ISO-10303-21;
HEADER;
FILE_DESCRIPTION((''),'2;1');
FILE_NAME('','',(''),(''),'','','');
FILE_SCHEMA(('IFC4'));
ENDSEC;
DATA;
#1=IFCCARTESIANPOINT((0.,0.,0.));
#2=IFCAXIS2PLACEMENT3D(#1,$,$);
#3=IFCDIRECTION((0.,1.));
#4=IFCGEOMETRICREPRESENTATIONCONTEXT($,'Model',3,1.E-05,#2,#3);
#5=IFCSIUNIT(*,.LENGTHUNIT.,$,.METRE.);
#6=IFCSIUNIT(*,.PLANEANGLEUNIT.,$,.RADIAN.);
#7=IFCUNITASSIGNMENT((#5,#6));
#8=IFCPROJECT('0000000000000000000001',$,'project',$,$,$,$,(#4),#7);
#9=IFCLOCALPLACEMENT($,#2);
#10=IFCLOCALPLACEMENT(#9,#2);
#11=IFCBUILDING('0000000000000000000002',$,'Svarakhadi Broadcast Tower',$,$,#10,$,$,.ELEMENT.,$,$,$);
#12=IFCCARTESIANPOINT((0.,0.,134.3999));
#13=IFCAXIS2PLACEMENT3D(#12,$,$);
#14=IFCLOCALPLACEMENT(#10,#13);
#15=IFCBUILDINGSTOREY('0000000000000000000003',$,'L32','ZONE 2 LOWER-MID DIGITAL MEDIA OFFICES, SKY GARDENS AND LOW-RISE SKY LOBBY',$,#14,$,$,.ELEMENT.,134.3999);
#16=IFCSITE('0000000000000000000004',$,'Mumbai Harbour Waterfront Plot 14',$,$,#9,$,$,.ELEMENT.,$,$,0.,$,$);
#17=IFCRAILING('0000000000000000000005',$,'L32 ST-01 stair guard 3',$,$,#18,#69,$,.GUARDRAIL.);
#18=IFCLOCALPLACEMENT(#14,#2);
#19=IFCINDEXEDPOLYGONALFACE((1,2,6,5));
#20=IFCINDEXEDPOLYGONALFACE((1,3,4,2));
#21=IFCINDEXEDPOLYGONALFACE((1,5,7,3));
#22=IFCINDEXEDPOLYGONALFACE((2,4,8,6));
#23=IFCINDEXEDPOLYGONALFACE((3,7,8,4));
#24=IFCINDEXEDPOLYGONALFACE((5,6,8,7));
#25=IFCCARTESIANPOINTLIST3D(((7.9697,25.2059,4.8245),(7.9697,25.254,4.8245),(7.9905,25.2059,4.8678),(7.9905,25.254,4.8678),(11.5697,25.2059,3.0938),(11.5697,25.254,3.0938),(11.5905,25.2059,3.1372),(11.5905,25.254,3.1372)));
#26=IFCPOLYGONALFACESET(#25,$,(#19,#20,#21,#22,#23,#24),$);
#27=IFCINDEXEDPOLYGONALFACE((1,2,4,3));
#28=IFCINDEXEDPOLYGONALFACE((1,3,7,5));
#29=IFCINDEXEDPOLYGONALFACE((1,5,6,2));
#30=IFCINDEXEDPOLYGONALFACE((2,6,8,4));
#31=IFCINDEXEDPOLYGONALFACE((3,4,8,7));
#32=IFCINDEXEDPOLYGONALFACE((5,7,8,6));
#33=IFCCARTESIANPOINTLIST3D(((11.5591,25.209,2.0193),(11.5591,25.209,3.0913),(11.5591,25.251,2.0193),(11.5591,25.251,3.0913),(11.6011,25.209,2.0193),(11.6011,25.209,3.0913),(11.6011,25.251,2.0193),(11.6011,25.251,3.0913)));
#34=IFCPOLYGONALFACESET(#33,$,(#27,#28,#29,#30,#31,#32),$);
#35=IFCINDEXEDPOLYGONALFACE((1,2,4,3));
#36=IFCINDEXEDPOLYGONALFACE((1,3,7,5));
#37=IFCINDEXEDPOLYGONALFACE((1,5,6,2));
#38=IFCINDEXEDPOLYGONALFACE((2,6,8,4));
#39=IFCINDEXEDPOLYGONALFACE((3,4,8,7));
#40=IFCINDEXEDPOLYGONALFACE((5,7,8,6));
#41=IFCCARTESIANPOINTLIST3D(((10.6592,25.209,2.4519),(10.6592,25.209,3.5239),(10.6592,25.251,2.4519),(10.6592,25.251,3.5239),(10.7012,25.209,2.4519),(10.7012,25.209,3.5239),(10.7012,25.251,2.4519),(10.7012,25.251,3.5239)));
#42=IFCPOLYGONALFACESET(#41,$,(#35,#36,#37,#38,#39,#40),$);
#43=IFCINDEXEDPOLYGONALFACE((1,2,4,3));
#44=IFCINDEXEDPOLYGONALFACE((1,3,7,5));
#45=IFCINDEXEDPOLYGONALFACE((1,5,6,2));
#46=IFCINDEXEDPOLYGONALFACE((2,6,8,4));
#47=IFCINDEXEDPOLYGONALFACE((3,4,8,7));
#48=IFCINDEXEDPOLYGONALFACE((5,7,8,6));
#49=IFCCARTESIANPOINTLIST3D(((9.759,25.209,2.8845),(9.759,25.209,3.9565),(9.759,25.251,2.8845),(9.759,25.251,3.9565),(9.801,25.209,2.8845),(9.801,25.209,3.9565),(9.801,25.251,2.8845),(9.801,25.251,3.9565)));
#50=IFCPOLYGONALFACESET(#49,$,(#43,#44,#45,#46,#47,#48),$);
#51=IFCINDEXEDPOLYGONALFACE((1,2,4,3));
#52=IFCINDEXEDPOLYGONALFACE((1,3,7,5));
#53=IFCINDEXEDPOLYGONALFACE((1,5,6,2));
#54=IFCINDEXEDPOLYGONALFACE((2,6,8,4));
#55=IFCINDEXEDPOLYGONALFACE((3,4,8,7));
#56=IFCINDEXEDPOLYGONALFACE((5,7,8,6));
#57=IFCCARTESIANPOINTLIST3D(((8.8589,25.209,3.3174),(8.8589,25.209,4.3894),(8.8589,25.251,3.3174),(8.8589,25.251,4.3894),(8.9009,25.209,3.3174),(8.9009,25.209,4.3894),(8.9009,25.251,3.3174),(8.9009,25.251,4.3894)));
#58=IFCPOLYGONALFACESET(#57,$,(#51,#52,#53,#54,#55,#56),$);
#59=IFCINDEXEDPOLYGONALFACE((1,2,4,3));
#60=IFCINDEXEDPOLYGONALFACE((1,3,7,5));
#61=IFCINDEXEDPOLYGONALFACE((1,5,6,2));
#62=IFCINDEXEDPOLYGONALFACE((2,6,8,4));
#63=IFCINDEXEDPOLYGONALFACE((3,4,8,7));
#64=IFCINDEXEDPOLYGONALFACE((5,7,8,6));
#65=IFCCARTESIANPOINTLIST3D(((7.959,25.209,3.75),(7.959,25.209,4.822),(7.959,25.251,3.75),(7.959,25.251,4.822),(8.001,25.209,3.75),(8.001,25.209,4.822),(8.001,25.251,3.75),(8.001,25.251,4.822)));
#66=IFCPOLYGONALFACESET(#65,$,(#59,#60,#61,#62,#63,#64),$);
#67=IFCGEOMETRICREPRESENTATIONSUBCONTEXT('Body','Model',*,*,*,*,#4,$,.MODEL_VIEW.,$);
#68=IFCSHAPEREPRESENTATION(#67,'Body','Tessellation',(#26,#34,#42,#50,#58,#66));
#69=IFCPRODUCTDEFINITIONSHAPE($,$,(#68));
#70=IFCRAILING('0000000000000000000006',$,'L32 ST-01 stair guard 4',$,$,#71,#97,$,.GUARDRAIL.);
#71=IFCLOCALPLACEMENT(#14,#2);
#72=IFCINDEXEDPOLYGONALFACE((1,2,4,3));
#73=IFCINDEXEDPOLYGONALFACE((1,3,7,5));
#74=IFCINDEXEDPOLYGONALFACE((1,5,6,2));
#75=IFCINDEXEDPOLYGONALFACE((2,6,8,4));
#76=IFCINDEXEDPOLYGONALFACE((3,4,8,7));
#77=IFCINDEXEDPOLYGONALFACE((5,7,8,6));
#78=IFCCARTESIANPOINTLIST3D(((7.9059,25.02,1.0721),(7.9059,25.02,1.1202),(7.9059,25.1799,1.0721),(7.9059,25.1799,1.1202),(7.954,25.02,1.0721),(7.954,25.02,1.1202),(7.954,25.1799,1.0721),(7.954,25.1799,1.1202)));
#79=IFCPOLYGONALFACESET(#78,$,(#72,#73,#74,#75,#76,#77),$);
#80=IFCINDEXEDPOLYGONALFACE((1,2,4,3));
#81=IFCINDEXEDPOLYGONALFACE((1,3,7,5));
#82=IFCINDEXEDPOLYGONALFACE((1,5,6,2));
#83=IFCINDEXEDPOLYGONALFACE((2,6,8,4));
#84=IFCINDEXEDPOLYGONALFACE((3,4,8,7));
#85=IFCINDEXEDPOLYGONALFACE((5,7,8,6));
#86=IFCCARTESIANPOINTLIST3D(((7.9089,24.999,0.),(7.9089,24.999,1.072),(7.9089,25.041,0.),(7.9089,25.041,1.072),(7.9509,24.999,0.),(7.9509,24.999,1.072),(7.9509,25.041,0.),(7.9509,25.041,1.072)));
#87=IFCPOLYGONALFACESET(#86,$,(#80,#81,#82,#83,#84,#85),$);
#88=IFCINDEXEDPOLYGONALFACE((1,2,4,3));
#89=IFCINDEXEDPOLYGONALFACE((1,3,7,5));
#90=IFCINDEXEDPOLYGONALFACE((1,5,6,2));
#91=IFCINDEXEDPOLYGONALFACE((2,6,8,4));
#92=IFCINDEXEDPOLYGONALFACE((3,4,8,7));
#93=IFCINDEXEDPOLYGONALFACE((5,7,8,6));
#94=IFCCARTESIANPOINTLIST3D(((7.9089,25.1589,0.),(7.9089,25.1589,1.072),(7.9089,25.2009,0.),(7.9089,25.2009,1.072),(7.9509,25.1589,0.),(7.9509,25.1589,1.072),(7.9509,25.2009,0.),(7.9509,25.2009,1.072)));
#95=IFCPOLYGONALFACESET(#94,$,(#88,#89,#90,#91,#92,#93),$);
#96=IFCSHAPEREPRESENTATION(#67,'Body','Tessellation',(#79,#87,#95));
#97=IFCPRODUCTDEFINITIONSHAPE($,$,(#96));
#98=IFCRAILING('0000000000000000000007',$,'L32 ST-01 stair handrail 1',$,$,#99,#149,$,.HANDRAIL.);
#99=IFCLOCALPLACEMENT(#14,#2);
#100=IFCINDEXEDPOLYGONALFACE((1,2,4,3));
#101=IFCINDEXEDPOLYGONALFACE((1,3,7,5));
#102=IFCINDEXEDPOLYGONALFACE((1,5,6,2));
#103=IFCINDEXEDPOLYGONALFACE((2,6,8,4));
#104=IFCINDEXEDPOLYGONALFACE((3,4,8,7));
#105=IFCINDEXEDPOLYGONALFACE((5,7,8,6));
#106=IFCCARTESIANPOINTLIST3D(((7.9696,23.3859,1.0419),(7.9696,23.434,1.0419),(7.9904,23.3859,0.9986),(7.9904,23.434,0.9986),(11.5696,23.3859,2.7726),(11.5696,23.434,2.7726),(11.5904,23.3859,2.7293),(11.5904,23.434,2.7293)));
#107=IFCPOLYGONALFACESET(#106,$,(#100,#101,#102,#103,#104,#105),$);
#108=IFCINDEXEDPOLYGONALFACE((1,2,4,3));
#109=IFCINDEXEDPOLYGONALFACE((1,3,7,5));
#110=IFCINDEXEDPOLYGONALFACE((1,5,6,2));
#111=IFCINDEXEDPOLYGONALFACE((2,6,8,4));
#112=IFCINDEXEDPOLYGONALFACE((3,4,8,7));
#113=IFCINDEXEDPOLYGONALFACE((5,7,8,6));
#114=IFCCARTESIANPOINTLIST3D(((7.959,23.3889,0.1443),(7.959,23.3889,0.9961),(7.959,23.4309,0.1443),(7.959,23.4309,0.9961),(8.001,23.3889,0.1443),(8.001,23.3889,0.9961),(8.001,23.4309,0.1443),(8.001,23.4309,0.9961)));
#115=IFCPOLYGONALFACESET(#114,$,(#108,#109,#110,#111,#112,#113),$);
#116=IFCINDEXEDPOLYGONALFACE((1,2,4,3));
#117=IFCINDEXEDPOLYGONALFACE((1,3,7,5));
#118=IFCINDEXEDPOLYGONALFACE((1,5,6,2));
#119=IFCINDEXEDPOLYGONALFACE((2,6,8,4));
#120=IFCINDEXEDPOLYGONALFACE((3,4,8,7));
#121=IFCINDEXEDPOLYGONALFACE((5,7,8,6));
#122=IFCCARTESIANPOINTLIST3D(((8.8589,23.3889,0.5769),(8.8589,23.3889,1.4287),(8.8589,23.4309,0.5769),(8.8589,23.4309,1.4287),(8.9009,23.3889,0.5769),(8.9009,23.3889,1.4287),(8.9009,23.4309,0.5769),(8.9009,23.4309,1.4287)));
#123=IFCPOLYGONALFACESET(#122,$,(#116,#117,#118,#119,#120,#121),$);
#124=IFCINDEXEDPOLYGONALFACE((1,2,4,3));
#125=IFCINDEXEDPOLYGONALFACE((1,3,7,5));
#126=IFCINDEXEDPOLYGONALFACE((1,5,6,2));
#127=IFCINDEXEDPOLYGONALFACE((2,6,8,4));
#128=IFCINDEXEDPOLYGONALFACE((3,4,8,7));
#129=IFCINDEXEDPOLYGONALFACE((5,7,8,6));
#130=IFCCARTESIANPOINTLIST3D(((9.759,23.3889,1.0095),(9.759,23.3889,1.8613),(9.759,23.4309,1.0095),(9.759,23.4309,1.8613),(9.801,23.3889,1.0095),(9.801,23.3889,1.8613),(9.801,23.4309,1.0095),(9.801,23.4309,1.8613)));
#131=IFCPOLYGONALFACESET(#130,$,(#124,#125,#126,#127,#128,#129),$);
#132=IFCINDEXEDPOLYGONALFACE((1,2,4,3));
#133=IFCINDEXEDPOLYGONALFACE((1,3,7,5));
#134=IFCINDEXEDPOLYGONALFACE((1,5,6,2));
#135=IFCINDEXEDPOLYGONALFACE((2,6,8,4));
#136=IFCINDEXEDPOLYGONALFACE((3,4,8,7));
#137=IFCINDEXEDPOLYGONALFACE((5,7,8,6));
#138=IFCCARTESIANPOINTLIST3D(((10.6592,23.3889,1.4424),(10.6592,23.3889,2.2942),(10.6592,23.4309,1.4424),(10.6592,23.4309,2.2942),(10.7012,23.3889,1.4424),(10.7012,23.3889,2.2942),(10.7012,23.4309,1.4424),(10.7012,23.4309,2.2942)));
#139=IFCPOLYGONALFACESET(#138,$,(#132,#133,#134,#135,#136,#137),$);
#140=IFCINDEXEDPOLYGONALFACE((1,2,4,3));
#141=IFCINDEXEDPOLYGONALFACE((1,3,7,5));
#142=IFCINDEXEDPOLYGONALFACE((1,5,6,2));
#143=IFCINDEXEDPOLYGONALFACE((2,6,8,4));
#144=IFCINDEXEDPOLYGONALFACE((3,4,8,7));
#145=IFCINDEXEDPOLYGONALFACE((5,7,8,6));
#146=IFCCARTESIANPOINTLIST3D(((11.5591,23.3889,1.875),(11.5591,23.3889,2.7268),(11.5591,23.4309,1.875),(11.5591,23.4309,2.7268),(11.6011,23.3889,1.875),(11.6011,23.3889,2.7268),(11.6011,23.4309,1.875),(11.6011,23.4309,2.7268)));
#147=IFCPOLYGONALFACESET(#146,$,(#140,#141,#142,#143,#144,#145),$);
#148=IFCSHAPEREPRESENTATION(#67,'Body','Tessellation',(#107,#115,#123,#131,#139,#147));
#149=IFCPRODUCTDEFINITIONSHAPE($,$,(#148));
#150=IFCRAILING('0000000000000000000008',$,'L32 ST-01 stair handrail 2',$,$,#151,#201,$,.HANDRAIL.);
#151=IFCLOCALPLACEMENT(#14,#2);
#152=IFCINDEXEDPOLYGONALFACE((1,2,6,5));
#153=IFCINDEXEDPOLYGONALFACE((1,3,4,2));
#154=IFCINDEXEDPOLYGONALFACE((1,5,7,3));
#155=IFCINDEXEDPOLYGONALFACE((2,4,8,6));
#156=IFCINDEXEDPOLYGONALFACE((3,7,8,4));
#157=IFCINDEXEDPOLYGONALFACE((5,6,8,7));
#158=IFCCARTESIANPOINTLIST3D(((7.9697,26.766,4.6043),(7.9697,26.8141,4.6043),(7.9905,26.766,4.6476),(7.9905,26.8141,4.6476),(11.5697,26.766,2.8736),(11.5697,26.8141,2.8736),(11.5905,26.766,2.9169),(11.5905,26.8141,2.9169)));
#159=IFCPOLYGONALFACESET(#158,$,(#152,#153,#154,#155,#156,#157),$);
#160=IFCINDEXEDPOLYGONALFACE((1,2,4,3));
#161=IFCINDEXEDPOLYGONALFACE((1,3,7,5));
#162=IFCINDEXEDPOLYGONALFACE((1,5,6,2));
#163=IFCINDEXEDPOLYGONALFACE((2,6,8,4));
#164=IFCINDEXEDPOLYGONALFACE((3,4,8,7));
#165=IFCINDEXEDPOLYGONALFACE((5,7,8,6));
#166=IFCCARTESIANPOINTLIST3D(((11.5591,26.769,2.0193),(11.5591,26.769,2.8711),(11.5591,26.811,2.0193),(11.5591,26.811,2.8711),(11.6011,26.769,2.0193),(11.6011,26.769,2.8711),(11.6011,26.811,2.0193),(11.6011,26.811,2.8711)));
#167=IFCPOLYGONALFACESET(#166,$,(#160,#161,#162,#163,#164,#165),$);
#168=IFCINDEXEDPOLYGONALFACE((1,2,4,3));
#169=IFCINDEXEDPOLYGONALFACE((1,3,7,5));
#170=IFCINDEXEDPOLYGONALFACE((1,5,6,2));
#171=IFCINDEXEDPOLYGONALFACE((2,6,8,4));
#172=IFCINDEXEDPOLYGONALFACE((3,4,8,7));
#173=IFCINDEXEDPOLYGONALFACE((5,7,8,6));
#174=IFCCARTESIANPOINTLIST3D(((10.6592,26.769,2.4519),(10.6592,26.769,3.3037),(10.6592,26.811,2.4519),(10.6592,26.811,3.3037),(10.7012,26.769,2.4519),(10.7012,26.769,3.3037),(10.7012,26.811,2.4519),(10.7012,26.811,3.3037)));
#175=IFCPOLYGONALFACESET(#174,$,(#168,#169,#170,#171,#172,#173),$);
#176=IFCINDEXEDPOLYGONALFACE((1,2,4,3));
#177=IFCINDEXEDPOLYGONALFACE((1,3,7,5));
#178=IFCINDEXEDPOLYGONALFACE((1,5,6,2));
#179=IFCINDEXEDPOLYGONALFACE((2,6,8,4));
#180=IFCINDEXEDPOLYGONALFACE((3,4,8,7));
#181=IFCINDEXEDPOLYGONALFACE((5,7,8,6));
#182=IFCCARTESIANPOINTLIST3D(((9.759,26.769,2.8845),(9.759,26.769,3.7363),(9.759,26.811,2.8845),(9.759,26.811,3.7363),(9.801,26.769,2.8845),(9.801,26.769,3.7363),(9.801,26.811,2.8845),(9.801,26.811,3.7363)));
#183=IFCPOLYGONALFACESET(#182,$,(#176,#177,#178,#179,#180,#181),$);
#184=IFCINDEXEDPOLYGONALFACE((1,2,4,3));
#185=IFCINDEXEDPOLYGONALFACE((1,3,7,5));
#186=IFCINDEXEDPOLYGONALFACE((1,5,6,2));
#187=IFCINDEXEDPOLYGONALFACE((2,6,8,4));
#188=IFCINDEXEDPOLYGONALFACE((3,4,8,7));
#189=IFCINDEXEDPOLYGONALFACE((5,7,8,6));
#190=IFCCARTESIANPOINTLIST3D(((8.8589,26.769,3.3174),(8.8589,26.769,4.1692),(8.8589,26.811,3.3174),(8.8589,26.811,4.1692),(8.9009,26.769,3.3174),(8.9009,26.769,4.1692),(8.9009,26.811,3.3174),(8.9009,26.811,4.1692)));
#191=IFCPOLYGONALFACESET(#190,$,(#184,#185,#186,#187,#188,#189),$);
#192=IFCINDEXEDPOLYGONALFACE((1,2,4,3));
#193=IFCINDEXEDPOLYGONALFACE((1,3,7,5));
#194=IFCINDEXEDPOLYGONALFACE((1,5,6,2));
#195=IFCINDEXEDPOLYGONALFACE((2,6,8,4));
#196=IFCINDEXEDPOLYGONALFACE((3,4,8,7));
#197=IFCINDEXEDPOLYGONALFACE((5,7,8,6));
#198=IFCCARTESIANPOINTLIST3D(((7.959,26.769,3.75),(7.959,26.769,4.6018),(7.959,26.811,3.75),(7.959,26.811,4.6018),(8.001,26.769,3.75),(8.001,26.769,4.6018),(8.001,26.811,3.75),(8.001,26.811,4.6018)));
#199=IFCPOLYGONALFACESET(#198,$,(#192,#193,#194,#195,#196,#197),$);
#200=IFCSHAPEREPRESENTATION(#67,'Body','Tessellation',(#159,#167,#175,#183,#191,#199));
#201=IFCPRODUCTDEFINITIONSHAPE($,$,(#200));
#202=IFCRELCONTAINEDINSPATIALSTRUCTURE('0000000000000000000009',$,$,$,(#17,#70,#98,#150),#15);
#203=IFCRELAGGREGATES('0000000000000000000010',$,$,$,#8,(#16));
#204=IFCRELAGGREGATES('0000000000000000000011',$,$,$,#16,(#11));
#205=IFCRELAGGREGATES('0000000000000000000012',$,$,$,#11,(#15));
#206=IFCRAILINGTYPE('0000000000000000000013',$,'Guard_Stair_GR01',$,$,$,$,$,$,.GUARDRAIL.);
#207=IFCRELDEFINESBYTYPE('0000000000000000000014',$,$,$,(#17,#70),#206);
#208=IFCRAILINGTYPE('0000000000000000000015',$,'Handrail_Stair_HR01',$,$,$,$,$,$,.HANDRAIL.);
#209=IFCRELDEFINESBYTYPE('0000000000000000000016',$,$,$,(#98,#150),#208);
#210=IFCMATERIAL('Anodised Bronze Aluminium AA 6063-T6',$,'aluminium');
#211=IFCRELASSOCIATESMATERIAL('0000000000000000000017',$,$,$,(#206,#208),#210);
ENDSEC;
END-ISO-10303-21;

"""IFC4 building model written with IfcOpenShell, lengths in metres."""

from ifc_helpers import new_model, si_unit, direction, frame, origin, origin_2d, place, context, subcontext, project, spatial, rectangle, extrude, material, type_object, element, save


model = new_model("IFC4")

# Units and contexts
model_context = context("Model", 3, precision=1e-05, world=origin(), true_north=direction((0.0, 1.0)))
body_context = subcontext(model_context, "Body", "Model", "MODEL_VIEW")
ifc_project = project(units=[si_unit("LENGTHUNIT", "METRE"), si_unit("PLANEANGLEUNIT", "RADIAN")], contexts=[model_context])

# Site, building, storey
site_placement = place(None, origin())
site = spatial("IfcSite", under=ifc_project, at=site_placement, Name="Mumbai Harbour Waterfront Plot 14", CompositionType="ELEMENT", RefElevation=0.0)
building_placement = place(site_placement, origin())
building = spatial("IfcBuilding", under=site, at=building_placement, Name="Svarakhadi Broadcast Tower", CompositionType="ELEMENT")
storey_placement = place(building_placement, frame((0.0, 0.0, 134.3999)))
storey = spatial("IfcBuildingStorey", under=building, at=storey_placement, Name="L32", Description="ZONE 2 LOWER-MID DIGITAL MEDIA OFFICES, SKY GARDENS AND LOW-RISE SKY LOBBY", CompositionType="ELEMENT", Elevation=134.3999)

# Railings
ifc_material_1 = material(Name="Anodised Bronze Aluminium AA 6063-T6", Category="aluminium")
railing_type_1 = type_object("IfcRailingType", Name="Guard_Stair_GR01", PredefinedType="GUARDRAIL", material=ifc_material_1)
railing_1_placement = place(storey_placement, frame((11.5801, 25.23, 2.0193)))
element("IfcRailing", 1, at=railing_1_placement, inside=storey, type_object=railing_type_1, Name="L32 ST-01 stair guard 3", PredefinedType="GUARDRAIL", context=body_context, shape_type="SweptSolid", body=[
    extrude(rectangle(XDim=0.0481, YDim=0.0481, at=origin_2d()), frame((0.0, 0.0, 1.0962), z_axis=(-0.901263, 0.0, 0.433273), x_axis=(0.0, -1.0, 0.0)), (0.0, 0.0, 1.0), 3.9944),
    extrude(rectangle(XDim=0.042, YDim=0.042, at=origin_2d()), origin(), (0.0, 0.0, 1.0), 1.072),
    extrude(rectangle(XDim=0.042, YDim=0.042, at=origin_2d()), frame((-0.8999, 0.0, 0.4326)), (0.0, 0.0, 1.0), 1.072),
    extrude(rectangle(XDim=0.042, YDim=0.042, at=origin_2d()), frame((-1.8, 0.0, 0.8652)), (0.0, 0.0, 1.0), 1.072),
    extrude(rectangle(XDim=0.042, YDim=0.042, at=origin_2d()), frame((-2.7002, 0.0, 1.2981)), (0.0, 0.0, 1.0), 1.072),
    extrude(rectangle(XDim=0.042, YDim=0.042, at=origin_2d()), frame((-3.6001, 0.0, 1.7307)), (0.0, 0.0, 1.0), 1.072),
])
railing_2_placement = place(storey_placement, frame((7.9299, 25.02, 0.0)))
element("IfcRailing", 2, at=railing_2_placement, inside=storey, type_object=railing_type_1, Name="L32 ST-01 stair guard 4", PredefinedType="GUARDRAIL", context=body_context, shape_type="SweptSolid", body=[
    extrude(rectangle(XDim=0.0481, YDim=0.0481, at=origin_2d()), frame((0.0, 0.0, 1.0962), z_axis=(0.0, 1.0, 0.0), x_axis=(-1.0, 0.0, 0.0)), (0.0, 0.0, 1.0), 0.1599),
    extrude(rectangle(XDim=0.042, YDim=0.042, at=origin_2d()), origin(), (0.0, 0.0, 1.0), 1.072),
    extrude(rectangle(XDim=0.042, YDim=0.042, at=origin_2d()), frame((0.0, 0.1599, 0.0)), (0.0, 0.0, 1.0), 1.072),
])
railing_type_2 = type_object("IfcRailingType", Name="Handrail_Stair_HR01", PredefinedType="HANDRAIL", material=ifc_material_1)
railing_3_placement = place(storey_placement, frame((7.98, 23.4099, 0.1443)))
element("IfcRailing", 3, at=railing_3_placement, inside=storey, type_object=railing_type_2, Name="L32 ST-01 stair handrail 1", PredefinedType="HANDRAIL", context=body_context, shape_type="SweptSolid", body=[
    extrude(rectangle(XDim=0.0481, YDim=0.0481, at=origin_2d()), frame((0.0, 0.0, 0.876), z_axis=(0.901263, 0.0, 0.433273), x_axis=(0.0, 1.0, 0.0)), (0.0, 0.0, 1.0), 3.9944),
    extrude(rectangle(XDim=0.042, YDim=0.042, at=origin_2d()), origin(), (0.0, 0.0, 1.0), 0.8518),
    extrude(rectangle(XDim=0.042, YDim=0.042, at=origin_2d()), frame((0.8999, 0.0, 0.4326)), (0.0, 0.0, 1.0), 0.8518),
    extrude(rectangle(XDim=0.042, YDim=0.042, at=origin_2d()), frame((1.8, 0.0, 0.8652)), (0.0, 0.0, 1.0), 0.8518),
    extrude(rectangle(XDim=0.042, YDim=0.042, at=origin_2d()), frame((2.7002, 0.0, 1.2981)), (0.0, 0.0, 1.0), 0.8518),
    extrude(rectangle(XDim=0.042, YDim=0.042, at=origin_2d()), frame((3.6001, 0.0, 1.7307)), (0.0, 0.0, 1.0), 0.8518),
])
railing_4_placement = place(storey_placement, frame((11.5801, 26.79, 2.0193)))
element("IfcRailing", 4, at=railing_4_placement, inside=storey, type_object=railing_type_2, Name="L32 ST-01 stair handrail 2", PredefinedType="HANDRAIL", context=body_context, shape_type="SweptSolid", body=[
    extrude(rectangle(XDim=0.0481, YDim=0.0481, at=origin_2d()), frame((0.0, 0.0, 0.876), z_axis=(-0.901263, 0.0, 0.433273), x_axis=(0.0, -1.0, 0.0)), (0.0, 0.0, 1.0), 3.9944),
    extrude(rectangle(XDim=0.042, YDim=0.042, at=origin_2d()), origin(), (0.0, 0.0, 1.0), 0.8518),
    extrude(rectangle(XDim=0.042, YDim=0.042, at=origin_2d()), frame((-0.8999, 0.0, 0.4326)), (0.0, 0.0, 1.0), 0.8518),
    extrude(rectangle(XDim=0.042, YDim=0.042, at=origin_2d()), frame((-1.8, 0.0, 0.8652)), (0.0, 0.0, 1.0), 0.8518),
    extrude(rectangle(XDim=0.042, YDim=0.042, at=origin_2d()), frame((-2.7002, 0.0, 1.2981)), (0.0, 0.0, 1.0), 0.8518),
    extrude(rectangle(XDim=0.042, YDim=0.042, at=origin_2d()), frame((-3.6001, 0.0, 1.7307)), (0.0, 0.0, 1.0), 0.8518),
])

save(model, "model.ifc")
